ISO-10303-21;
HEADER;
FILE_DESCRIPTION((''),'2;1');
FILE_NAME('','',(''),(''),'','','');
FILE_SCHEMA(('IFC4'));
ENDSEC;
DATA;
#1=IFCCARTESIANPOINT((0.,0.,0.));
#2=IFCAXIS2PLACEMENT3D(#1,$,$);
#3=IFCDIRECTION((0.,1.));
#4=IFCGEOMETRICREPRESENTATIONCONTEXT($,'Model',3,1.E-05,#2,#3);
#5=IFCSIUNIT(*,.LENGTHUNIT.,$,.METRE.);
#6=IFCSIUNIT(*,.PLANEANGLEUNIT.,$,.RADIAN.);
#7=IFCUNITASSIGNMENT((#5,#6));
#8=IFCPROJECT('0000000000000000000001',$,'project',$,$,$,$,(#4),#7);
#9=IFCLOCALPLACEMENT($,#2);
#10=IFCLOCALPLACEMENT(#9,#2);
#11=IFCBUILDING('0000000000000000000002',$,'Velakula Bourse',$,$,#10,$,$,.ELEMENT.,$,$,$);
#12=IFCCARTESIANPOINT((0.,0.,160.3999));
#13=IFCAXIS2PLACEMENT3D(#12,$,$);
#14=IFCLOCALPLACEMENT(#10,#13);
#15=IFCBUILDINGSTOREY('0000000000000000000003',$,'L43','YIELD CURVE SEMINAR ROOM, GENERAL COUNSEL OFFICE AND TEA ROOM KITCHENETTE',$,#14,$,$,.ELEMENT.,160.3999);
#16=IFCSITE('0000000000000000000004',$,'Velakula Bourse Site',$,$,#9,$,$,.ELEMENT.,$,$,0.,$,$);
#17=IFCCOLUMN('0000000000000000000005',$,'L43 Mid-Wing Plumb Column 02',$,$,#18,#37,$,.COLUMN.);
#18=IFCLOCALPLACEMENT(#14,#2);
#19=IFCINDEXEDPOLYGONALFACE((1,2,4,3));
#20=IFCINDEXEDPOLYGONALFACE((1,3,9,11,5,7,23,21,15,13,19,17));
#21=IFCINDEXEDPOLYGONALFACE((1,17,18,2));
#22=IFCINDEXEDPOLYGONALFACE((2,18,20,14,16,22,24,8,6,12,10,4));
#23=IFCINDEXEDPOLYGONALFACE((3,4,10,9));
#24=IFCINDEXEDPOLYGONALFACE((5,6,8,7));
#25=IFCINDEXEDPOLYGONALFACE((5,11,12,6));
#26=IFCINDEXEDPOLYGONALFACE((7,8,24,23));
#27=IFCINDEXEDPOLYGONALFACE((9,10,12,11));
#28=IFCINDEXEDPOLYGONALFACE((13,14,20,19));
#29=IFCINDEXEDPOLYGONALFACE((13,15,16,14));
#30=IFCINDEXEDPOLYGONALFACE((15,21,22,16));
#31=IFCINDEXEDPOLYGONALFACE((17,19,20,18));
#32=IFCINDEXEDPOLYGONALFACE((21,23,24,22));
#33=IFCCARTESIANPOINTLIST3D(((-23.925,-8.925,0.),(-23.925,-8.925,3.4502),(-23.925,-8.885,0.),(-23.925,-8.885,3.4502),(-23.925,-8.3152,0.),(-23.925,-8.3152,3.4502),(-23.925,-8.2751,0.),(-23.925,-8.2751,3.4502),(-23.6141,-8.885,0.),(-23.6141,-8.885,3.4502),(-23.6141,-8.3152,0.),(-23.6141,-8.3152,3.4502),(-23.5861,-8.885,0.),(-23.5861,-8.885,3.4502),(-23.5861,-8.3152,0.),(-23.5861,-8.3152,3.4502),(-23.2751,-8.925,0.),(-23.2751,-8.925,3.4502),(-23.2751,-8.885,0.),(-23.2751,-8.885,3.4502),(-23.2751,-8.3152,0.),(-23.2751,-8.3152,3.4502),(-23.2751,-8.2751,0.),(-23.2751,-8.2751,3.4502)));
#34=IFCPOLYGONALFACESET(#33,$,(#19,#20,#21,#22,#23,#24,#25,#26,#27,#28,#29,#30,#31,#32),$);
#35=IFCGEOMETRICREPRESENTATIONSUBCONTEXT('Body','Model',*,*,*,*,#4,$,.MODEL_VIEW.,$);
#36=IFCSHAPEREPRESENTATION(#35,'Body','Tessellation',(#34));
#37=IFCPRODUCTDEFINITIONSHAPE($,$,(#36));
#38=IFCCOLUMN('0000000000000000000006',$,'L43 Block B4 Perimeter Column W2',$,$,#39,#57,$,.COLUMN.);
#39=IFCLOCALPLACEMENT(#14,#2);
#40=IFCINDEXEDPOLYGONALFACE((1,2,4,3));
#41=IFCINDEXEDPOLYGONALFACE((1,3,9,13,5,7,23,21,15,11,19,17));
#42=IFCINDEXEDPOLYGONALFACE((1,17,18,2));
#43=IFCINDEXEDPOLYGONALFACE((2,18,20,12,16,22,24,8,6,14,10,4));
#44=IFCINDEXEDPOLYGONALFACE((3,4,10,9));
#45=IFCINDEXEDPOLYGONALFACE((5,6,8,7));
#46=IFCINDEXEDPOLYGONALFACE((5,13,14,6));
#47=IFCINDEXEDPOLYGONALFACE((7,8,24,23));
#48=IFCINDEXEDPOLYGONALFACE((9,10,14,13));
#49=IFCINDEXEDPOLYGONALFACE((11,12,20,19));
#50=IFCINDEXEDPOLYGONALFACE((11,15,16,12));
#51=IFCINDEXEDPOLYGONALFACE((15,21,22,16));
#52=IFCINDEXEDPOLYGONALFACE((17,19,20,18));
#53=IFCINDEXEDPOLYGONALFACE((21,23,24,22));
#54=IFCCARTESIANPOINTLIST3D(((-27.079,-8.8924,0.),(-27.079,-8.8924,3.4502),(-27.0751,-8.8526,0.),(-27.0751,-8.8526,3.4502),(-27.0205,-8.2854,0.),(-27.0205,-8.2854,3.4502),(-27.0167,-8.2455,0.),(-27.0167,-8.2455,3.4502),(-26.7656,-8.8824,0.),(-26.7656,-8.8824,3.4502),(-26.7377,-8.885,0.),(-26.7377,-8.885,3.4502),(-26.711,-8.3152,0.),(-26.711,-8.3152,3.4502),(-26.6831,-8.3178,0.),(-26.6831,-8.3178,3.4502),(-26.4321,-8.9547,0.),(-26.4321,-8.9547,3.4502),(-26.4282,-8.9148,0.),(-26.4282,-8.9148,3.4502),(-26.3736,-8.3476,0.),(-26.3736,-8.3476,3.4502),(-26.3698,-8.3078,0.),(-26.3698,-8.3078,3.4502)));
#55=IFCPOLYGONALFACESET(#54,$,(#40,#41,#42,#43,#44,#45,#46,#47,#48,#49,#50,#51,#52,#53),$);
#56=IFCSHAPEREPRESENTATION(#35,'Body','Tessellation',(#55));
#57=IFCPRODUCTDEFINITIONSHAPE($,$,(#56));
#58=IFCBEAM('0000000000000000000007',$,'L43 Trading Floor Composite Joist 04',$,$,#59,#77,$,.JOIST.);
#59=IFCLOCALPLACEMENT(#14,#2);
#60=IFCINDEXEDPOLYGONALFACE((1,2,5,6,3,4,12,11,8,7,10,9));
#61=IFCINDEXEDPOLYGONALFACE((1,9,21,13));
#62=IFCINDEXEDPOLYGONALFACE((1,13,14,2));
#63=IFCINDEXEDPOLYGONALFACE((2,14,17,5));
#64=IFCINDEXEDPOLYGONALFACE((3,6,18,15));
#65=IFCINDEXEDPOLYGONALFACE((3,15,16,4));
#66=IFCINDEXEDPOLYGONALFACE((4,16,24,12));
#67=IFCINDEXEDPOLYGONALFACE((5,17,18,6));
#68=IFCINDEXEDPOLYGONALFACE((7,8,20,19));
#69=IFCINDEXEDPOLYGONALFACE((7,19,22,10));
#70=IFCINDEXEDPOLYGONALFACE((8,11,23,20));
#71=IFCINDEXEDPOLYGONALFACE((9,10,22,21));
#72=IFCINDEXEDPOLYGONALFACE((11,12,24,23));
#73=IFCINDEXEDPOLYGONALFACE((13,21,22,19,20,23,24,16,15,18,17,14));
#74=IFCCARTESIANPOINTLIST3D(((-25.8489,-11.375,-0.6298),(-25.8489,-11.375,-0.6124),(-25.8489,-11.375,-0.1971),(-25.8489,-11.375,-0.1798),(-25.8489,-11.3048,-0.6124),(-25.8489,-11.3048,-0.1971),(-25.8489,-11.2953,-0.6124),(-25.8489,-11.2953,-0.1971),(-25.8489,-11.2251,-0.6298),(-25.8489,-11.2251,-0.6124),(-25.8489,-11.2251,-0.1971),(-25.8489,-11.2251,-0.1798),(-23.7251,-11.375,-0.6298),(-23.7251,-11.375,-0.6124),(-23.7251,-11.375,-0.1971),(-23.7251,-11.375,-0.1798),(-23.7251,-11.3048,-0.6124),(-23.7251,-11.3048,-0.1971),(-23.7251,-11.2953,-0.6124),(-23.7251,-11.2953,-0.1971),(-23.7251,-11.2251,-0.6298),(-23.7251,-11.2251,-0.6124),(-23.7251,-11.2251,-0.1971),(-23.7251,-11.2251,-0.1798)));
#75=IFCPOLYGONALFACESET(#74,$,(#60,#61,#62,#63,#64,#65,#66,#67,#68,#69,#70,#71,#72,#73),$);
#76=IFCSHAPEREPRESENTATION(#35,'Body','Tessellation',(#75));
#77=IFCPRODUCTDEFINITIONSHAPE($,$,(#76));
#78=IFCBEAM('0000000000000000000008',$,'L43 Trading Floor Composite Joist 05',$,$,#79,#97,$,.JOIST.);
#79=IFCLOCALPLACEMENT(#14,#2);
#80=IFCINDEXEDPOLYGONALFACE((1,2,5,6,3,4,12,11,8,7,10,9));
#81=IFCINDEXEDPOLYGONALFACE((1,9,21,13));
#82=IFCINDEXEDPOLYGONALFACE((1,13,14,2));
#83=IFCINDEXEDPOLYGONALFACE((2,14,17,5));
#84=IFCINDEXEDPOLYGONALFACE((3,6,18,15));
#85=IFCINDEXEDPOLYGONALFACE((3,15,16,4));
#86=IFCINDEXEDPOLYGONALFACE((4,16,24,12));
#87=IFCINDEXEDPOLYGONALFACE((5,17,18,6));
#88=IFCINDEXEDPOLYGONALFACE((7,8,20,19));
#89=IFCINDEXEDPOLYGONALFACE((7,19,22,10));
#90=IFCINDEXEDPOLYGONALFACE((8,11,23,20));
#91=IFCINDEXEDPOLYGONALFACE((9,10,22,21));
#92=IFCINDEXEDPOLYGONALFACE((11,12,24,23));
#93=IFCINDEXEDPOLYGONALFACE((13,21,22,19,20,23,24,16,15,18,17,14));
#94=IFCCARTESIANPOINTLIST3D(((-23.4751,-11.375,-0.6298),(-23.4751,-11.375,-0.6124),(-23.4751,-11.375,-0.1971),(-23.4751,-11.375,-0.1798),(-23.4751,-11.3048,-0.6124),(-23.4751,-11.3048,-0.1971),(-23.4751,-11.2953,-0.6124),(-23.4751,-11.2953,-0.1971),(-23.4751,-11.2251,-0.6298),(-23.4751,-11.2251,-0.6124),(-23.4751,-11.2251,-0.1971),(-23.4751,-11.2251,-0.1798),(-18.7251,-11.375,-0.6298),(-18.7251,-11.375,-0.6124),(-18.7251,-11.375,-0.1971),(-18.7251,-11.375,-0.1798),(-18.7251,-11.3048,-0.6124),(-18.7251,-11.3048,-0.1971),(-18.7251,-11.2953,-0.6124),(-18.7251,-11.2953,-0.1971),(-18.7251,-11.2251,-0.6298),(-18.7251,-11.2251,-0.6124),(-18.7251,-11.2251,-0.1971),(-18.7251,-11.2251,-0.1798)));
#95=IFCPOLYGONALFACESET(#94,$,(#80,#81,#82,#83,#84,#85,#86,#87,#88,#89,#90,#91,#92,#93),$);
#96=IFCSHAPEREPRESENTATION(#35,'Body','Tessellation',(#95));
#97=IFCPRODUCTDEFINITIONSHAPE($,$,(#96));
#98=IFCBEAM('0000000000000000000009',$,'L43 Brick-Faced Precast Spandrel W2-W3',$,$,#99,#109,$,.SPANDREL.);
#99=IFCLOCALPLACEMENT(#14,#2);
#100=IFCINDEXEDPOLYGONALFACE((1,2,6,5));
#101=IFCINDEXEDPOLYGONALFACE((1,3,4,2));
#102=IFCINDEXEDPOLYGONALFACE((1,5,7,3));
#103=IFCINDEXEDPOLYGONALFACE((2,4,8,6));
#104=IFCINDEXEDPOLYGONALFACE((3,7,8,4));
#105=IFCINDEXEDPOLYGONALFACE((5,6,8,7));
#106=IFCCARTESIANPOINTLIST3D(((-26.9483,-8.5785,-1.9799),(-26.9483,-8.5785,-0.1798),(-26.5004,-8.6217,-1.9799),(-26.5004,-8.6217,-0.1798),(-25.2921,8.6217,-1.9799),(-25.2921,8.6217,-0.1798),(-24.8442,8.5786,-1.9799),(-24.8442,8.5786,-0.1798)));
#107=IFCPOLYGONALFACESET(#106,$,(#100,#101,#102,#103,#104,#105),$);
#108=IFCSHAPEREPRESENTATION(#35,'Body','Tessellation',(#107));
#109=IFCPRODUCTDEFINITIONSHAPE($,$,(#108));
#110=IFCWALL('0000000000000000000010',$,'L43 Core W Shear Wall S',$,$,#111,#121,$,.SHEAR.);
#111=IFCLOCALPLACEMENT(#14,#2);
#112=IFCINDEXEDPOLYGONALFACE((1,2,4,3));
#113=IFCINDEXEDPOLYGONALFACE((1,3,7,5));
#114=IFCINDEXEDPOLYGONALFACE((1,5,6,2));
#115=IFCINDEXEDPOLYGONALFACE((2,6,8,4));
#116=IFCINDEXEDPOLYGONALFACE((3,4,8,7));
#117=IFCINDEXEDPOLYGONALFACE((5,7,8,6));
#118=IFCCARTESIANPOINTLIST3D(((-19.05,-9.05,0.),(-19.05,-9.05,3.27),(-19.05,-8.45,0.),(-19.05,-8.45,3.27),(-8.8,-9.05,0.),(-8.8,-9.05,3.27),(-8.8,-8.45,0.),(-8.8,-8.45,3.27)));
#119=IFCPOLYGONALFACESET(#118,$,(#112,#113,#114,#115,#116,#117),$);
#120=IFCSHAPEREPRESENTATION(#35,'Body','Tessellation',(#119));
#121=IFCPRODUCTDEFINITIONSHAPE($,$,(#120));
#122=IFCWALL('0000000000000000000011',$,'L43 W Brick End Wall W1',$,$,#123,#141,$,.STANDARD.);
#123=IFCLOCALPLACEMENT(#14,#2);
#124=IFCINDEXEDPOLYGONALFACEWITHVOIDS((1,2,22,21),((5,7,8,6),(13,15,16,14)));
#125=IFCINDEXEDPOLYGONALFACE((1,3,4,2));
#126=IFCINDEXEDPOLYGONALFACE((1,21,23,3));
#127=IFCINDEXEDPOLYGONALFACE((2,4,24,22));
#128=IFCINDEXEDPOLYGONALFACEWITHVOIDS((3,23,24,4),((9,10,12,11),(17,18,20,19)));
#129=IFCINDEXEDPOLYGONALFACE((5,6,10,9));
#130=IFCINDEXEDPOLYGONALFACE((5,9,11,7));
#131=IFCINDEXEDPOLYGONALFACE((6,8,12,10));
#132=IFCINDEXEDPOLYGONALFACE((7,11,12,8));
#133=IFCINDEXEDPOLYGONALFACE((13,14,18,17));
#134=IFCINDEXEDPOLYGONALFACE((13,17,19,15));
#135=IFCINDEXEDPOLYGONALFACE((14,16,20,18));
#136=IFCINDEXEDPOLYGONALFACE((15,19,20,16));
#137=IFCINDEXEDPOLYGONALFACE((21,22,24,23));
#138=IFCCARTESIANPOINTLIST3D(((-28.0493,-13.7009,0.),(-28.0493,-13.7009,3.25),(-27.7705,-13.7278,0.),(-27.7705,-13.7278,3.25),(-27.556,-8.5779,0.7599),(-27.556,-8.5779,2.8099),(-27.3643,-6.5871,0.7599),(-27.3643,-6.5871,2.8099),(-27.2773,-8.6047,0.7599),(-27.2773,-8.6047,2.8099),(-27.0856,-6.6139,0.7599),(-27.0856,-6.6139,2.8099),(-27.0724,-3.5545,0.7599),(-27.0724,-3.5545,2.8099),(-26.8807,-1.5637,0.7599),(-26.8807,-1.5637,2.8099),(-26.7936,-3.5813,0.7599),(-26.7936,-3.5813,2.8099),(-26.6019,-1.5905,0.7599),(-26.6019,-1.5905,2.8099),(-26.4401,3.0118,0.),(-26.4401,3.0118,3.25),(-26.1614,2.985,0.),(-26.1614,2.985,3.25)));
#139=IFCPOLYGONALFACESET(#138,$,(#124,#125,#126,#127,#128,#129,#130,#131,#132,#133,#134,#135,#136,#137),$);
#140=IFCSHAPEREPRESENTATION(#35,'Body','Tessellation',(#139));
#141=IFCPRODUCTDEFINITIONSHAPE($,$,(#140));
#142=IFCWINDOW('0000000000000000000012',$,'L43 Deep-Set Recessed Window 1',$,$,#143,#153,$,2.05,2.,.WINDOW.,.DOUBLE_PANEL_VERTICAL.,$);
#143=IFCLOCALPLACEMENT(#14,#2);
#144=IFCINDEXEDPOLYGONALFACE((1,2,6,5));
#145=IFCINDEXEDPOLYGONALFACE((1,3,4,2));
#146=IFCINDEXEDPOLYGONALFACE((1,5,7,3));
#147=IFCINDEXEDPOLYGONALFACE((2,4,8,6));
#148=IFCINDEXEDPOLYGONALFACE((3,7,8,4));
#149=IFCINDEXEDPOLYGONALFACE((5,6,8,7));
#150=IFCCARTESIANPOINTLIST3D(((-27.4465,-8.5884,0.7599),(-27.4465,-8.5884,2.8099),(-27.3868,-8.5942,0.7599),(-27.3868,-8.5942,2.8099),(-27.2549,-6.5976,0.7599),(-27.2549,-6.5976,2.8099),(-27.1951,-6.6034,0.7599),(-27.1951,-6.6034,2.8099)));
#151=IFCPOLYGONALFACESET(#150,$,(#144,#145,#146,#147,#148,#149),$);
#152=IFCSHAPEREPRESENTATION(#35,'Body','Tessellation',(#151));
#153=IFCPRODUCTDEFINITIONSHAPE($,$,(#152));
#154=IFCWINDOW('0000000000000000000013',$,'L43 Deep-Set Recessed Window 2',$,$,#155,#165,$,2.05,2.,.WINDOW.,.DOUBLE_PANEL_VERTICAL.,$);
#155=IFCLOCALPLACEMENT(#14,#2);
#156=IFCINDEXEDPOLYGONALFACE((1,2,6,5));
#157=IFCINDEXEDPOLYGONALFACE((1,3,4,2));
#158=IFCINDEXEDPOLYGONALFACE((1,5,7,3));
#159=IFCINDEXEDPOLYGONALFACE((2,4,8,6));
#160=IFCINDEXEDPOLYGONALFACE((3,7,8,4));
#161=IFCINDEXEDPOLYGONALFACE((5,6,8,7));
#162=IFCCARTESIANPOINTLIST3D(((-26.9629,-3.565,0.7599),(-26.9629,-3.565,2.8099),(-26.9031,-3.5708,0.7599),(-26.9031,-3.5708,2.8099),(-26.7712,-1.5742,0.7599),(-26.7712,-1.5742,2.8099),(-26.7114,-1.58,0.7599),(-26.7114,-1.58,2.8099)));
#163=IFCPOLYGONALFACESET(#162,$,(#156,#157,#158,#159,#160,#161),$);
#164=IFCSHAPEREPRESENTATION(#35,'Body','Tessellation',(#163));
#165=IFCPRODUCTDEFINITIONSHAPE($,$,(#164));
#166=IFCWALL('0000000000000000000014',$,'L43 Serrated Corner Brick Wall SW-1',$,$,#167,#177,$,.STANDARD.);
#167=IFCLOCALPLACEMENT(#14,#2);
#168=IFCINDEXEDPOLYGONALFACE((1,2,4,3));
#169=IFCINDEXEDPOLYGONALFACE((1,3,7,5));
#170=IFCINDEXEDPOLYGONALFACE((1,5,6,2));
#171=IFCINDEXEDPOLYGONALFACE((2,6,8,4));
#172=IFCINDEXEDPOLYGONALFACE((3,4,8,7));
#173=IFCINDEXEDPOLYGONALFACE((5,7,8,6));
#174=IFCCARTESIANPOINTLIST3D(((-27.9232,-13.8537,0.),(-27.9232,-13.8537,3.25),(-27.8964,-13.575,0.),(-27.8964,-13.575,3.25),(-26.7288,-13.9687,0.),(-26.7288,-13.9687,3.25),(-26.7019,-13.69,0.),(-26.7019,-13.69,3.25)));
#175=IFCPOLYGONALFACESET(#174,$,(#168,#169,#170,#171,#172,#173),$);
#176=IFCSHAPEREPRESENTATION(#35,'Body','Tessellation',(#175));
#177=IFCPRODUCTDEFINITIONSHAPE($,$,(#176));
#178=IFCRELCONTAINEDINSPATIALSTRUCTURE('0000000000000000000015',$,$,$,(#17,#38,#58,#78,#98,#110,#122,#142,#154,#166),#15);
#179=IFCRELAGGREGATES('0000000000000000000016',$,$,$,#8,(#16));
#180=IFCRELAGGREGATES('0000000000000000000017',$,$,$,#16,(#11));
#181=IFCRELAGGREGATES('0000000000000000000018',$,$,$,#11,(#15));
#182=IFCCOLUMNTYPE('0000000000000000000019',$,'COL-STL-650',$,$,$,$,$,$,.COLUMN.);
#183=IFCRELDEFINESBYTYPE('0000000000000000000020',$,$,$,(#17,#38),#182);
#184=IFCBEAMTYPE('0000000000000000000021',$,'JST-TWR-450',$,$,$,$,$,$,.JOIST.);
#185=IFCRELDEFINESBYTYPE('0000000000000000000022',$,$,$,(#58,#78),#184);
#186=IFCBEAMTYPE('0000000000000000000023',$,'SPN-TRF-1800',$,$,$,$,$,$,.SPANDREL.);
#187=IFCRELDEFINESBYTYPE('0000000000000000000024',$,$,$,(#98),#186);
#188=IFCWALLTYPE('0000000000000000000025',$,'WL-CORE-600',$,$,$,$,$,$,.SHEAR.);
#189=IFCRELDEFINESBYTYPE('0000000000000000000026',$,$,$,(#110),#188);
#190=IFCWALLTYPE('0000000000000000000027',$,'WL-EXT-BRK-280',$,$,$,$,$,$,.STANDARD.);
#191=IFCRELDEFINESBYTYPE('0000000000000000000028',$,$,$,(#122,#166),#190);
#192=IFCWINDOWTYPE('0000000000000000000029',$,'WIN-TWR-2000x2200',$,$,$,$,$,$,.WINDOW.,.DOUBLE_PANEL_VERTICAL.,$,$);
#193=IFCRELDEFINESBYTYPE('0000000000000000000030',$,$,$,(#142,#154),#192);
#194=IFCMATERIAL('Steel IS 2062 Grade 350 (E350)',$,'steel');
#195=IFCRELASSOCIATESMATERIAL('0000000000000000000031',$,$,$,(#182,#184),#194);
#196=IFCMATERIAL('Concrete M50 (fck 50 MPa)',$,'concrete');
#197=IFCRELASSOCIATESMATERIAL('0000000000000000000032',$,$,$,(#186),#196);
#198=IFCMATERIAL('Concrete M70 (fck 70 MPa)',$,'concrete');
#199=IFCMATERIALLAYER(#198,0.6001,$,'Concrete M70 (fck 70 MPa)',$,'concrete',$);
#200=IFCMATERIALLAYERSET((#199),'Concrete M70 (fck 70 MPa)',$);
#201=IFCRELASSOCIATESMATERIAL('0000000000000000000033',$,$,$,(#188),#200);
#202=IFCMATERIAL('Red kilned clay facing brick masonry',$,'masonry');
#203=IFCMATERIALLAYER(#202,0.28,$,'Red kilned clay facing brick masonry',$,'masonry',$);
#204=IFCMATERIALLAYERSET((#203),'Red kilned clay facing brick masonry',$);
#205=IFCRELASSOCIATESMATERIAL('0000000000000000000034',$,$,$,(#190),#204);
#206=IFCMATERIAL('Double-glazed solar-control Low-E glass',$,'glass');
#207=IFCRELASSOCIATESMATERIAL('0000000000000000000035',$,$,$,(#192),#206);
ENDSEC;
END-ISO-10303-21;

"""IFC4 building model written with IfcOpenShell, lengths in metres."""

from ifc_helpers import new_model, si_unit, direction, frame, frame_2d, origin, origin_2d, place, context, subcontext, project, spatial, rectangle, i_section, extrude, material, layer, layer_set, material_profile, profile_set, type_object, element, fill, save


model = new_model("IFC4")

# Units and contexts
model_context = context("Model", 3, precision=1e-05, world=origin(), true_north=direction((0.0, 1.0)))
body_context = subcontext(model_context, "Body", "Model", "MODEL_VIEW")
ifc_project = project(units=[si_unit("LENGTHUNIT", "METRE"), si_unit("PLANEANGLEUNIT", "RADIAN")], contexts=[model_context])

# Site, building, storey
site_placement = place(None, origin())
site = spatial("IfcSite", under=ifc_project, at=site_placement, Name="Velakula Bourse Site", CompositionType="ELEMENT", RefElevation=0.0)
building_placement = place(site_placement, origin())
building = spatial("IfcBuilding", under=site, at=building_placement, Name="Velakula Bourse", CompositionType="ELEMENT")
storey_placement = place(building_placement, frame((0.0, 0.0, 160.3999)))
storey = spatial("IfcBuildingStorey", under=building, at=storey_placement, Name="L43", Description="YIELD CURVE SEMINAR ROOM, GENERAL COUNSEL OFFICE AND TEA ROOM KITCHENETTE", CompositionType="ELEMENT", Elevation=160.3999)

# Columns
ifc_material_1 = material(Name="Steel IS 2062 Grade 350 (E350)", Category="steel")
ifc_material_profile_1 = material_profile(ifc_material_1, i_section(OverallWidth=0.6499, OverallDepth=0.6499, WebThickness=0.0281, FlangeThickness=0.04, at=origin_2d()), Name="Steel IS 2062 Grade 350 (E350)")
ifc_profile_set_1 = profile_set([ifc_material_profile_1], Name="Steel IS 2062 Grade 350 (E350)")
column_type = type_object("IfcColumnType", Name="COL-STL-650", PredefinedType="COLUMN", material=ifc_profile_set_1)
for number, where, z_axis, x_axis, name in (
    (1, (-23.6001, -8.6001, 0.0), (0.0, 0.0, 1.0), (1.0, 0.0, 0.0), "L43 Mid-Wing Plumb Column 02"),
    (2, (-26.7244, -8.6001, 0.0), (0.0, 0.0, 1.0), (0.995396, -0.095846, 0.0), "L43 Block B4 Perimeter Column W2"),
):
    element("IfcColumn", number, at=place(storey_placement, frame(where, z_axis=z_axis, x_axis=x_axis)), inside=storey, type_object=column_type, Name=name, PredefinedType="COLUMN", context=body_context, shape_type="SweptSolid", body=[
        extrude(i_section(OverallWidth=0.6499, OverallDepth=0.6499, WebThickness=0.0281, FlangeThickness=0.04, at=origin_2d()), origin(), (0.0, 0.0, 1.0), 3.4502),
    ])

# Beams
ifc_material_profile_2 = material_profile(ifc_material_1, i_section(OverallWidth=0.1499, OverallDepth=0.45, WebThickness=0.0095, FlangeThickness=0.0173, at=origin_2d()), Name="Steel IS 2062 Grade 350 (E350)")
ifc_profile_set_2 = profile_set([ifc_material_profile_2], Name="Steel IS 2062 Grade 350 (E350)")
beam_type_1 = type_object("IfcBeamType", Name="JST-TWR-450", PredefinedType="JOIST", material=ifc_profile_set_2)
beam_1_placement = place(storey_placement, frame((-25.8489, -11.3, -0.4048), z_axis=(1.0, 0.0, 0.0), x_axis=(0.0, 1.0, 0.0)))
element("IfcBeam", 3, at=beam_1_placement, inside=storey, type_object=beam_type_1, Name="L43 Trading Floor Composite Joist 04", PredefinedType="JOIST", context=body_context, shape_type="SweptSolid", body=[
    extrude(i_section(OverallWidth=0.1499, OverallDepth=0.45, WebThickness=0.0095, FlangeThickness=0.0173, at=origin_2d()), origin(), (0.0, 0.0, 1.0), 2.1238),
])
beam_2_placement = place(storey_placement, frame((-23.4751, -11.3, -0.4048), z_axis=(1.0, 0.0, 0.0), x_axis=(0.0, 1.0, 0.0)))
element("IfcBeam", 4, at=beam_2_placement, inside=storey, type_object=beam_type_1, Name="L43 Trading Floor Composite Joist 05", PredefinedType="JOIST", context=body_context, shape_type="SweptSolid", body=[
    extrude(i_section(OverallWidth=0.1499, OverallDepth=0.45, WebThickness=0.0095, FlangeThickness=0.0173, at=origin_2d()), origin(), (0.0, 0.0, 1.0), 4.75),
])
ifc_material_2 = material(Name="Concrete M50 (fck 50 MPa)", Category="concrete")
ifc_material_profile_3 = material_profile(ifc_material_2, rectangle(XDim=0.45, YDim=1.8, at=origin_2d()), Name="Concrete M50 (fck 50 MPa)")
ifc_profile_set_3 = profile_set([ifc_material_profile_3], Name="Concrete M50 (fck 50 MPa)")
beam_type_2 = type_object("IfcBeamType", Name="SPN-TRF-1800", PredefinedType="SPANDREL", material=ifc_profile_set_3)
beam_3_placement = place(storey_placement, frame((-26.7244, -8.6001, -1.0798), z_axis=(0.095849, 0.995396, 0.0), x_axis=(-0.995396, 0.095849, 0.0)))
element("IfcBeam", 5, at=beam_3_placement, inside=storey, type_object=beam_type_2, Name="L43 Brick-Faced Precast Spandrel W2-W3", PredefinedType="SPANDREL", context=body_context, shape_type="SweptSolid", body=[
    extrude(rectangle(XDim=0.45, YDim=1.8, at=origin_2d()), origin(), (0.0, 0.0, 1.0), 17.2798),
])

# Wall
ifc_material_3 = material(Name="Concrete M70 (fck 70 MPa)", Category="concrete")
ifc_layer_1 = layer(ifc_material_3, 0.6001, Name="Concrete M70 (fck 70 MPa)", Category="concrete")
ifc_layer_set_1 = layer_set([ifc_layer_1], Name="Concrete M70 (fck 70 MPa)")
wall_type_1 = type_object("IfcWallType", Name="WL-CORE-600", PredefinedType="SHEAR", material=ifc_layer_set_1)
wall_1_placement = place(storey_placement, frame((-19.05, -8.75, 0.0), z_axis=(0.0, 0.0, 1.0), x_axis=(1.0, 0.0, 0.0)))
element("IfcWall", 6, at=wall_1_placement, inside=storey, type_object=wall_type_1, Name="L43 Core W Shear Wall S", PredefinedType="SHEAR", context=body_context, shape_type="SweptSolid", body=[
    extrude(rectangle(XDim=10.25, YDim=0.6001, at=frame_2d((5.125, 0.0))), origin(), (0.0, 0.0, 1.0), 3.27),
])

# Wall, openings, windows
ifc_material_4 = material(Name="Red kilned clay facing brick masonry", Category="masonry")
ifc_layer_2 = layer(ifc_material_4, 0.28, Name="Red kilned clay facing brick masonry", Category="masonry")
ifc_layer_set_2 = layer_set([ifc_layer_2], Name="Red kilned clay facing brick masonry")
wall_type_2 = type_object("IfcWallType", Name="WL-EXT-BRK-280", PredefinedType="STANDARD", material=ifc_layer_set_2)
wall_2_placement = place(storey_placement, frame((-27.9099, -13.7144, 0.0), z_axis=(0.0, 0.0, 1.0), x_axis=(0.095839, 0.995397, 0.0)))
wall_2 = element("IfcWall", 7, at=wall_2_placement, inside=storey, type_object=wall_type_2, Name="L43 W Brick End Wall W1", PredefinedType="STANDARD", context=body_context, shape_type="SweptSolid", body=[
    extrude(rectangle(XDim=16.79, YDim=0.28, at=frame_2d((8.395, 0.0))), origin(), (0.0, 0.0, 1.0), 3.25),
])
opening_1_placement = place(wall_2_placement, frame((5.1467, 0.0, 0.76)))
opening_1 = element("IfcOpeningElement", 8, at=opening_1_placement, cuts=wall_2, PredefinedType="OPENING", context=body_context, shape_type="SweptSolid", body=[
    extrude(rectangle(XDim=2.0, YDim=2.05, at=frame_2d((1.0, 1.0249))), frame((0.0, 0.1499, 0.0), z_axis=(0.0, -1.0, 0.0), x_axis=(1.0, 0.0, 0.0)), (0.0, 0.0, 1.0), 0.3),
])
opening_2_placement = place(wall_2_placement, frame((10.1934, 0.0, 0.76)))
opening_2 = element("IfcOpeningElement", 9, at=opening_2_placement, cuts=wall_2, PredefinedType="OPENING", context=body_context, shape_type="SweptSolid", body=[
    extrude(rectangle(XDim=2.0, YDim=2.05, at=frame_2d((1.0, 1.0249))), frame((0.0, 0.1499, 0.0), z_axis=(0.0, -1.0, 0.0), x_axis=(1.0, 0.0, 0.0)), (0.0, 0.0, 1.0), 0.3),
])
ifc_material_5 = material(Name="Double-glazed solar-control Low-E glass", Category="glass")
window_type = type_object("IfcWindowType", Name="WIN-TWR-2000x2200", PartitioningType="DOUBLE_PANEL_VERTICAL", PredefinedType="WINDOW", material=ifc_material_5)
window_1_placement = place(opening_1_placement, origin())
window_1 = element("IfcWindow", 10, at=window_1_placement, inside=storey, type_object=window_type, Name="L43 Deep-Set Recessed Window 1", OverallHeight=2.05, OverallWidth=2.0, PartitioningType="DOUBLE_PANEL_VERTICAL", PredefinedType="WINDOW", context=body_context, shape_type="SweptSolid", body=[
    extrude(rectangle(XDim=2.0, YDim=2.05, at=frame_2d((1.0, 1.0249))), frame((0.0, 0.03, 0.0), z_axis=(0.0, -1.0, 0.0), x_axis=(1.0, 0.0, 0.0)), (0.0, 0.0, 1.0), 0.0601),
])
fill(opening_1, window_1)
window_2_placement = place(opening_2_placement, origin())
window_2 = element("IfcWindow", 11, at=window_2_placement, inside=storey, type_object=window_type, Name="L43 Deep-Set Recessed Window 2", OverallHeight=2.05, OverallWidth=2.0, PartitioningType="DOUBLE_PANEL_VERTICAL", PredefinedType="WINDOW", context=body_context, shape_type="SweptSolid", body=[
    extrude(rectangle(XDim=2.0, YDim=2.05, at=frame_2d((1.0, 1.0249))), frame((0.0, 0.03, 0.0), z_axis=(0.0, -1.0, 0.0), x_axis=(1.0, 0.0, 0.0)), (0.0, 0.0, 1.0), 0.0601),
])
fill(opening_2, window_2)

# Wall
wall_3_placement = place(storey_placement, frame((-27.9099, -13.7144, 0.0), z_axis=(0.0, 0.0, 1.0), x_axis=(0.995397, -0.095836, 0.0)))
element("IfcWall", 12, at=wall_3_placement, inside=storey, type_object=wall_type_2, Name="L43 Serrated Corner Brick Wall SW-1", PredefinedType="STANDARD", context=body_context, shape_type="SweptSolid", body=[
    extrude(rectangle(XDim=1.2, YDim=0.28, at=frame_2d((0.6001, 0.0))), origin(), (0.0, 0.0, 1.0), 3.25),
])

save(model, "model.ifc")
